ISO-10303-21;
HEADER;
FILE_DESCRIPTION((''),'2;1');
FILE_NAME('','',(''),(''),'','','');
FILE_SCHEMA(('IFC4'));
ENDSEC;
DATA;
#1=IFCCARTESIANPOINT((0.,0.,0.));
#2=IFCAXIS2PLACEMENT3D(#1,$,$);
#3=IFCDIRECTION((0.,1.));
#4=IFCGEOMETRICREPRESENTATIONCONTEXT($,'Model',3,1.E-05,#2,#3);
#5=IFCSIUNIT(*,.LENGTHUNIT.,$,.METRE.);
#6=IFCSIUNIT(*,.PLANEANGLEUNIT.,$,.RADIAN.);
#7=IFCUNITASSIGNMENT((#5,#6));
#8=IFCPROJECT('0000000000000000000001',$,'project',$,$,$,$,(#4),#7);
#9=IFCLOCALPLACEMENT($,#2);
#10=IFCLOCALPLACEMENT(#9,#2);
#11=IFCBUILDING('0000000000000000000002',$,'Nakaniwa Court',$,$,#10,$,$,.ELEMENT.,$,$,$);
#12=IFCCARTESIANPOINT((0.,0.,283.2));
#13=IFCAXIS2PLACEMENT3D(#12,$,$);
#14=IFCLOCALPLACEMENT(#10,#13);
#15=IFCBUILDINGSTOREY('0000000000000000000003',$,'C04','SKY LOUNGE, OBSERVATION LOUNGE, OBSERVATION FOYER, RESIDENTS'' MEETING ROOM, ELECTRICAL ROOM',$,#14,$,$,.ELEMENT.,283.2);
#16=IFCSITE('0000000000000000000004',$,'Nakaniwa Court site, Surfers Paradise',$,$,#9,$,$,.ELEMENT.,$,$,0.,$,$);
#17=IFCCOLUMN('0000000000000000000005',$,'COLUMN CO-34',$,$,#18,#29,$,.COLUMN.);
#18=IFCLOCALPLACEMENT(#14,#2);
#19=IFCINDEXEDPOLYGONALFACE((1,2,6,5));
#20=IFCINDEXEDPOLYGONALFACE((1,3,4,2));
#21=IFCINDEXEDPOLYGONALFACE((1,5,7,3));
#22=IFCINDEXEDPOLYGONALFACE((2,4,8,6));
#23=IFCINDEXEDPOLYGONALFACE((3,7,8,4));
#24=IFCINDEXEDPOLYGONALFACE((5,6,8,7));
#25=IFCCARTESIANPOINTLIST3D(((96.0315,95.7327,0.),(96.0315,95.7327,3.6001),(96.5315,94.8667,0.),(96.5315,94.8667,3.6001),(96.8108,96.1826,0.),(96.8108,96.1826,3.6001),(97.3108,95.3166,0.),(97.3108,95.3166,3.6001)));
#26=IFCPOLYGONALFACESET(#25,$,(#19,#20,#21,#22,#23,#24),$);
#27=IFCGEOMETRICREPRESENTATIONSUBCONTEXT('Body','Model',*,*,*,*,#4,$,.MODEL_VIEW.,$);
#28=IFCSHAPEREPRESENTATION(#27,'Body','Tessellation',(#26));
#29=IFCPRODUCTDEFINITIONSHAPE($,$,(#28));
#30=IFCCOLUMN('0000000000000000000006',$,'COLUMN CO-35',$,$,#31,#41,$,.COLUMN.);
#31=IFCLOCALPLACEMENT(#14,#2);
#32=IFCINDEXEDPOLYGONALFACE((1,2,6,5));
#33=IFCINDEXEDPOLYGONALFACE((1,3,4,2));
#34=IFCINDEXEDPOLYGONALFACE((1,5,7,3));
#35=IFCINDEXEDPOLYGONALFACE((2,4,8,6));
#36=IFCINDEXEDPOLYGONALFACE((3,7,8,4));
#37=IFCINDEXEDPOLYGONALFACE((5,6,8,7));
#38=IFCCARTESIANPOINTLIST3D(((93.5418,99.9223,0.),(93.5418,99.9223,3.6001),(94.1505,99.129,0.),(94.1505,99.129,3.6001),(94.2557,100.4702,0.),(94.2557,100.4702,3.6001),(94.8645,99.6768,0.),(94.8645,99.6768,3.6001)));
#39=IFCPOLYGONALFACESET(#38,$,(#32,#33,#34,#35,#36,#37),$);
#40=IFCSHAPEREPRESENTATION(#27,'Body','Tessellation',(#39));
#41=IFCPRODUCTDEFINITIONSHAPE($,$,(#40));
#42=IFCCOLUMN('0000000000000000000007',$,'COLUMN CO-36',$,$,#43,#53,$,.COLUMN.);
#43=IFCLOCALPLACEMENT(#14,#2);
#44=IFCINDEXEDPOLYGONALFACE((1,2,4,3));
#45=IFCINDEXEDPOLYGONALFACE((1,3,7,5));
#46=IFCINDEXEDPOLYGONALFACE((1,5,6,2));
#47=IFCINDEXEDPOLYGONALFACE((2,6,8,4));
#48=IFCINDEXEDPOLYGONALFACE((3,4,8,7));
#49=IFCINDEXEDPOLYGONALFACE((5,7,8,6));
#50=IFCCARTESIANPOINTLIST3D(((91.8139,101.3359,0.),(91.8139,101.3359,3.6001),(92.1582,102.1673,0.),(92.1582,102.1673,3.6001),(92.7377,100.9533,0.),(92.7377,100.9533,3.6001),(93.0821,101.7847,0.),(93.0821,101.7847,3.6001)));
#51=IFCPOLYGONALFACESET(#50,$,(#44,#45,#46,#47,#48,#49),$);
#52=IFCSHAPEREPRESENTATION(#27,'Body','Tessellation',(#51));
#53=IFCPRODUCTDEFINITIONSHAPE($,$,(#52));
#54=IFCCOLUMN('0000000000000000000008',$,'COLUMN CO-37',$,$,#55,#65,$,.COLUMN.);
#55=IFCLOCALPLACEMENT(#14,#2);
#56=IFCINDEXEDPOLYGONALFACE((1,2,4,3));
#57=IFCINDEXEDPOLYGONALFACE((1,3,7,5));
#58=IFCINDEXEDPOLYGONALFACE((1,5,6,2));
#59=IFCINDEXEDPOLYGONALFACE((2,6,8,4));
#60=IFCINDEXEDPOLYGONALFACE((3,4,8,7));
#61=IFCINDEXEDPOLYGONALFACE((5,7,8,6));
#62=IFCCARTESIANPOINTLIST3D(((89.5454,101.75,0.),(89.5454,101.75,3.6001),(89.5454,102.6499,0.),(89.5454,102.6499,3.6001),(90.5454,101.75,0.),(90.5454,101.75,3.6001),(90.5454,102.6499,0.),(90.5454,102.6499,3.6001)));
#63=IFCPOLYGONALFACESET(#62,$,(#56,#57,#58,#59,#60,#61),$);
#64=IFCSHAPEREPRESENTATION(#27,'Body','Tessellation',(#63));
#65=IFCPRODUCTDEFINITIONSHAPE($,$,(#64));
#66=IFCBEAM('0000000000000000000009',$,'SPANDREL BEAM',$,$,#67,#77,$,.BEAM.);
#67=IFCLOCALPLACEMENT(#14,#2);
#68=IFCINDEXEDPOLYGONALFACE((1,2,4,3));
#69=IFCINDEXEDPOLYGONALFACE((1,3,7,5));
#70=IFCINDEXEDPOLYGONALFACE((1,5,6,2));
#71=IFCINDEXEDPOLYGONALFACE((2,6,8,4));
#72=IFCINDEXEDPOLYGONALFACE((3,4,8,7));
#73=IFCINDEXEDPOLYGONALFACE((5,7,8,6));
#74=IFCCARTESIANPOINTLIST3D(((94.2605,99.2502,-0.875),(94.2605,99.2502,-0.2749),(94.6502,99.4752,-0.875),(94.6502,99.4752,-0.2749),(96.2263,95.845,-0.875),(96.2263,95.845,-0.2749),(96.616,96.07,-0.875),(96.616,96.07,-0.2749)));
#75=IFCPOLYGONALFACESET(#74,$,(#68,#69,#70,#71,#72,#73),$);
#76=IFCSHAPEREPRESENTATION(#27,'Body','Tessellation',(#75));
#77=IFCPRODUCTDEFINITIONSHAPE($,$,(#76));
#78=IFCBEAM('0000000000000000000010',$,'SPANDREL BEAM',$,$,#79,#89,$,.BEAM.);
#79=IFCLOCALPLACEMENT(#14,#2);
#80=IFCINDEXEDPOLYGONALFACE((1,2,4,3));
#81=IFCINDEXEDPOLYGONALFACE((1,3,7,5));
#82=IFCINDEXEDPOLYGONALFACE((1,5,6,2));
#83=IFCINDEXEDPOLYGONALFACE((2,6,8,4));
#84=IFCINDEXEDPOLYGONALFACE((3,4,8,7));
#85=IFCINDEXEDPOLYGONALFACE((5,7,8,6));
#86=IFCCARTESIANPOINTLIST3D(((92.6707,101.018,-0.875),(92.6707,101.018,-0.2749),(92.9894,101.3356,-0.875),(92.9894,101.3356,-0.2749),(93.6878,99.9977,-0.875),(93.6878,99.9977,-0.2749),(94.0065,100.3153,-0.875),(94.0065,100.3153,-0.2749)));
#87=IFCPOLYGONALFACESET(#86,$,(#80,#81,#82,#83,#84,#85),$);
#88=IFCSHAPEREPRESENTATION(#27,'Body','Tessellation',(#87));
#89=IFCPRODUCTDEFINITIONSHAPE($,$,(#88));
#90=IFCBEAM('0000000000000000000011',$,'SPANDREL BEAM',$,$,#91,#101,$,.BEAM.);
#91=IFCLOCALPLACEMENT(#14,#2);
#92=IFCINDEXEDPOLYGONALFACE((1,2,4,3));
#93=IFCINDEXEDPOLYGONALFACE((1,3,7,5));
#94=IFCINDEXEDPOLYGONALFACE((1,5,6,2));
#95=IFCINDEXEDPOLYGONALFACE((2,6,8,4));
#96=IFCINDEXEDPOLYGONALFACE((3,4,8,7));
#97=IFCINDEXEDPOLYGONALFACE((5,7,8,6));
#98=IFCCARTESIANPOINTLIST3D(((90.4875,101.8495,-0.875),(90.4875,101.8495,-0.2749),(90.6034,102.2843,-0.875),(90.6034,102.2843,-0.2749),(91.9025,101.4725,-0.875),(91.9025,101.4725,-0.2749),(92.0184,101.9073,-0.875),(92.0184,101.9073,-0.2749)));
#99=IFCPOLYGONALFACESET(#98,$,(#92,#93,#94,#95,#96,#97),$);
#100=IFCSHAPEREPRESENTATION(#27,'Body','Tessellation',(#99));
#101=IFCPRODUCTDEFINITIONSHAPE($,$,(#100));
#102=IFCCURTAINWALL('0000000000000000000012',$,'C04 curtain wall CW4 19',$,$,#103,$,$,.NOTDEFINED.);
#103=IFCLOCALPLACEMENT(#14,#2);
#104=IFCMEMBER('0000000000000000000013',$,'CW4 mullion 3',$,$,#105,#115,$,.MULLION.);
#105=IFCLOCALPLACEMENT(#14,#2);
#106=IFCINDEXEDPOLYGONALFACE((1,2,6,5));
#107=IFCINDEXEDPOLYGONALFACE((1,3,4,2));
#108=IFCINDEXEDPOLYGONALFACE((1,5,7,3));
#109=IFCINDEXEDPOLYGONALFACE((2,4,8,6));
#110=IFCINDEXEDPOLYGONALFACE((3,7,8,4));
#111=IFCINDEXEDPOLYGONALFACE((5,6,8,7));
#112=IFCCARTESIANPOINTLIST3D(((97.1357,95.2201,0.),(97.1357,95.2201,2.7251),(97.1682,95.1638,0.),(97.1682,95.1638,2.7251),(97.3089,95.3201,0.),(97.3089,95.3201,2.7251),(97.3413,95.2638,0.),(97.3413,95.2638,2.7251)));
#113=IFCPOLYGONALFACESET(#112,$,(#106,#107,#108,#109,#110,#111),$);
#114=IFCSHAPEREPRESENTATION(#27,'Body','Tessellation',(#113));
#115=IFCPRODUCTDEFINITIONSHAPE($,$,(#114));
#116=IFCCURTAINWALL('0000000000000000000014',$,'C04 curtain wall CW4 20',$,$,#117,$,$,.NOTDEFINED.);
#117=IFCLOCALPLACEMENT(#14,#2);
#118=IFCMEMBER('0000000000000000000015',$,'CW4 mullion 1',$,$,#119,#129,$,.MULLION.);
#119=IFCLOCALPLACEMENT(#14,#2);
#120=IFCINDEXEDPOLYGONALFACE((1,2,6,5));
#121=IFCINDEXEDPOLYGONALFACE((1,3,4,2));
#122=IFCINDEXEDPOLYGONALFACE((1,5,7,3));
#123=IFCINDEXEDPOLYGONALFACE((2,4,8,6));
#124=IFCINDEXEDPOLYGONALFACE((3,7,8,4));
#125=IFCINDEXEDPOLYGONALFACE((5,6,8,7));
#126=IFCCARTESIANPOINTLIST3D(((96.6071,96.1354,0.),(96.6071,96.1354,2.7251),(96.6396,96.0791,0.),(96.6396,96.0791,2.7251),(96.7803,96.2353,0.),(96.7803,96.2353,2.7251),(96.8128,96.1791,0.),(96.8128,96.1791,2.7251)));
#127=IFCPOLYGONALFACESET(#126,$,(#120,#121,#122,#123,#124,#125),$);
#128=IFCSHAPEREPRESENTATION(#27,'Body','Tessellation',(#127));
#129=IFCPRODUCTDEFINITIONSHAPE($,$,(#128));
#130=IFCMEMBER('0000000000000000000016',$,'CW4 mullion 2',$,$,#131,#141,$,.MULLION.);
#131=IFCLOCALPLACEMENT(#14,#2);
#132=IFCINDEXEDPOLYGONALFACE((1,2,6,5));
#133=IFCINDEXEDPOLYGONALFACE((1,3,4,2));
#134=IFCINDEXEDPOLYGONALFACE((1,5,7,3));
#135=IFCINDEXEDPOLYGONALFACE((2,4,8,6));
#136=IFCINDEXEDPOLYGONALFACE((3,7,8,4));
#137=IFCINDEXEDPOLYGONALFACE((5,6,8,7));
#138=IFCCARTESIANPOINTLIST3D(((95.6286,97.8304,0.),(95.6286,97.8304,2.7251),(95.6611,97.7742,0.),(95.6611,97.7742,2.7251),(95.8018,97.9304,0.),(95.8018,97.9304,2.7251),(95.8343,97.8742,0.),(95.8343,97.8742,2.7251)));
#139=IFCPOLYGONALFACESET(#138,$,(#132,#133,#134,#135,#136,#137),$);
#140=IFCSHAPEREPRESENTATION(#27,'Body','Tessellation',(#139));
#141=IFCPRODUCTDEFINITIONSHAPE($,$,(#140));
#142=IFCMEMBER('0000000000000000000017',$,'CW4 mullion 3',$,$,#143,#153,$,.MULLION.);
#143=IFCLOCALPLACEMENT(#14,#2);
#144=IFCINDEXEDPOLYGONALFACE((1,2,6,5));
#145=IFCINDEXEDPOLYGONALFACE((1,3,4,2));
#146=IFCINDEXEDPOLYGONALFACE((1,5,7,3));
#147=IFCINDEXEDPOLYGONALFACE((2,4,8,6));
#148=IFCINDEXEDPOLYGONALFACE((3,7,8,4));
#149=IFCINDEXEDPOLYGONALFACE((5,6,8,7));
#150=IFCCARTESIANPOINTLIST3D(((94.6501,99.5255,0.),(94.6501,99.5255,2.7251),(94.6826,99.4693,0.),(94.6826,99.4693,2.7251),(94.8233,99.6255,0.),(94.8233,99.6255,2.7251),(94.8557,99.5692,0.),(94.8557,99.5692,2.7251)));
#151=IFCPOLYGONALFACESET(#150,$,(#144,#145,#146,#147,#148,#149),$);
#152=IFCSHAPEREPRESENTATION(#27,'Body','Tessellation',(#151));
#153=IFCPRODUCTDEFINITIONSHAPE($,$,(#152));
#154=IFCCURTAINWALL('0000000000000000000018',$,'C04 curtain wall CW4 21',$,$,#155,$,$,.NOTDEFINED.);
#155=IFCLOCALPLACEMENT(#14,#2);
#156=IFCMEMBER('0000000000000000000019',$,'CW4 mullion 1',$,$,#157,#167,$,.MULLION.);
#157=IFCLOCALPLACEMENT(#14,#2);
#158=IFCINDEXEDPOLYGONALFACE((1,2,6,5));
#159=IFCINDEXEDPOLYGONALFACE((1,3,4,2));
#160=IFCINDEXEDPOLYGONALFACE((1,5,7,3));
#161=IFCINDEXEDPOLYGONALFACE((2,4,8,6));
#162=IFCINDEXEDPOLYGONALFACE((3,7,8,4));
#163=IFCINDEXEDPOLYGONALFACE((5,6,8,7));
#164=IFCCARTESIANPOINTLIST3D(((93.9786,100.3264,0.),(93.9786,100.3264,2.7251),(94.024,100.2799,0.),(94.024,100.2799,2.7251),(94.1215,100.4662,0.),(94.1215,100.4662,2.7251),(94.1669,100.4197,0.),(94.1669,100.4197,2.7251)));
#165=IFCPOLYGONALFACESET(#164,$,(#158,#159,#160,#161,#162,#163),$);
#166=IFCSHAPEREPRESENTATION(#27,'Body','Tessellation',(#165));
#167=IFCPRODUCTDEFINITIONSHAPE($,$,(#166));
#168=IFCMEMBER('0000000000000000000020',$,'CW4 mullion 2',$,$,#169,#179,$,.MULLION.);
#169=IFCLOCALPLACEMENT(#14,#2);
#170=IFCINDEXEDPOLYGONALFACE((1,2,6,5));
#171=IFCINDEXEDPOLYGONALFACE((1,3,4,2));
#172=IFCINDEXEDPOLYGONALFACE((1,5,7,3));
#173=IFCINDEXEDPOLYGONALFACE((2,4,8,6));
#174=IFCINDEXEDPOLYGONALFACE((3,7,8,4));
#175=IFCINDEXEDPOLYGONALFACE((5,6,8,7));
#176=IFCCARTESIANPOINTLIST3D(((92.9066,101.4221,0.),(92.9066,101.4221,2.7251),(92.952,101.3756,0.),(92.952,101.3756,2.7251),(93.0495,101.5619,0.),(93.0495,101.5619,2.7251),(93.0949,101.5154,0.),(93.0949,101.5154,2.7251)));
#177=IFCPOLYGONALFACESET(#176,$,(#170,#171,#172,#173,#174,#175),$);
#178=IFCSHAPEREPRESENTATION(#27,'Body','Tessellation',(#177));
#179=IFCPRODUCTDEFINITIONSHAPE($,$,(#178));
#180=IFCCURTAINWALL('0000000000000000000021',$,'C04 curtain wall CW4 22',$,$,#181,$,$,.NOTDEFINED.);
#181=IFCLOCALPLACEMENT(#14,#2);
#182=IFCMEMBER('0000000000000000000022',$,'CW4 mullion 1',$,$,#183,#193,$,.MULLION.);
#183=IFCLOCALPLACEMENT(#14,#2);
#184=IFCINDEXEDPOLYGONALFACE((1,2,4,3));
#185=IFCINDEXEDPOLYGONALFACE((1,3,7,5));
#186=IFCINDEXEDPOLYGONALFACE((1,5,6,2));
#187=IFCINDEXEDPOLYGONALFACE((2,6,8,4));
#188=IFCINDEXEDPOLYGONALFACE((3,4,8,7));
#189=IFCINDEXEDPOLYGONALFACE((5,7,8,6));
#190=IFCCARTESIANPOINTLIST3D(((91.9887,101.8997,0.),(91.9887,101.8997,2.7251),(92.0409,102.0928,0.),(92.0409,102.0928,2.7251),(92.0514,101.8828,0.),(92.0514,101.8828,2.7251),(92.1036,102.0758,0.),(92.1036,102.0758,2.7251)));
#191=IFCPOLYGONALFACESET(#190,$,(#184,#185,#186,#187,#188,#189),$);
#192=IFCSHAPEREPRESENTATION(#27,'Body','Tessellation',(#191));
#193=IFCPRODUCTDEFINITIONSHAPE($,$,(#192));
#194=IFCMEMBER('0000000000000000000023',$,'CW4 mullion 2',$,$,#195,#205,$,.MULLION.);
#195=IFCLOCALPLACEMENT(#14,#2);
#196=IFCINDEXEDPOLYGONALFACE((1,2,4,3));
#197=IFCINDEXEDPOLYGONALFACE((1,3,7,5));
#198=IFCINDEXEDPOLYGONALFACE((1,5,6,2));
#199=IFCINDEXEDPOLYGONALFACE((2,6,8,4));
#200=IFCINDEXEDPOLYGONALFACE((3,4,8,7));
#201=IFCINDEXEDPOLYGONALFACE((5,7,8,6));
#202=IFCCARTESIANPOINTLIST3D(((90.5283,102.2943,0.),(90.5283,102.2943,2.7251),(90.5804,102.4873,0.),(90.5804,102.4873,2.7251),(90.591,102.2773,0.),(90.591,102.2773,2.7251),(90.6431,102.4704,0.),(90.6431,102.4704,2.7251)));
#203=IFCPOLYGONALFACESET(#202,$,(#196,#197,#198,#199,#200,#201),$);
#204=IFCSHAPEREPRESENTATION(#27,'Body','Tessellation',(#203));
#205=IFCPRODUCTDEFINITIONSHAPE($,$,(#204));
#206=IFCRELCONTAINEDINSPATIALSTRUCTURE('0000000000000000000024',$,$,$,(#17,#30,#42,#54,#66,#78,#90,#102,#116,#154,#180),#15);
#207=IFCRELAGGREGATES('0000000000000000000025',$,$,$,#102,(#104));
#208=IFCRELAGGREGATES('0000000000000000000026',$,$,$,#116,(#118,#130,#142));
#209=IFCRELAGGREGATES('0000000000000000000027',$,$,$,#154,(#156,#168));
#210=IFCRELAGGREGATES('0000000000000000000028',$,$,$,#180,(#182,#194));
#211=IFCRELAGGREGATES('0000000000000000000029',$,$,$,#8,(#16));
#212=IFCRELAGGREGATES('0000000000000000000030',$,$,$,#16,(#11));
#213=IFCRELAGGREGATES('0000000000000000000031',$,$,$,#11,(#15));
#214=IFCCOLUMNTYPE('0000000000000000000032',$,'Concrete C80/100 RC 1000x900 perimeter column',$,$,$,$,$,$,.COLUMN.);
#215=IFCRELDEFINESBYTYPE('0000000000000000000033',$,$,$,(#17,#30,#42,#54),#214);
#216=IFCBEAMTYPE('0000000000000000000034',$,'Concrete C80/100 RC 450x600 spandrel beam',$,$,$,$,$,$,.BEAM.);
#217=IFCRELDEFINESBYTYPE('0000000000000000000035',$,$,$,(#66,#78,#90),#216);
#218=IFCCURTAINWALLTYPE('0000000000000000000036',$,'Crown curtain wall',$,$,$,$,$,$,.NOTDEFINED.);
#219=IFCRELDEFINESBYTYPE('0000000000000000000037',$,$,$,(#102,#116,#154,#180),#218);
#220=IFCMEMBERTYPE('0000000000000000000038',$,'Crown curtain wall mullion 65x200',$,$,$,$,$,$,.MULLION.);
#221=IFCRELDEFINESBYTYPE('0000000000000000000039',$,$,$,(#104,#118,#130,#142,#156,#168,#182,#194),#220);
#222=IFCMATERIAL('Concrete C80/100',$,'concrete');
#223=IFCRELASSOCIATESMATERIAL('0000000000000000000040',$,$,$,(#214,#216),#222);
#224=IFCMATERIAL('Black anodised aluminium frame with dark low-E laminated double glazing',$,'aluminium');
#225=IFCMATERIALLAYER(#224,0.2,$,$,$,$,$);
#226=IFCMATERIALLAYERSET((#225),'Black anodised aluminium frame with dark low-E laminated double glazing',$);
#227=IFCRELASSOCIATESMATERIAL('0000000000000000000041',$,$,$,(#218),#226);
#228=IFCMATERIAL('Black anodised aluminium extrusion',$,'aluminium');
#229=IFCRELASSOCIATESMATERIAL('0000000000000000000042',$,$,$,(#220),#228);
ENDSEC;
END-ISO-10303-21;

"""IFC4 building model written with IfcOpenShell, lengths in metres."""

from ifc_helpers import new_model, si_unit, direction, frame, origin, origin_2d, place, context, subcontext, project, spatial, rectangle, extrude, material, layer, layer_set, material_profile, profile_set, type_object, element, aggregate, save


model = new_model("IFC4")

# Units and contexts
model_context = context("Model", 3, precision=1e-05, world=origin(), true_north=direction((0.0, 1.0)))
body_context = subcontext(model_context, "Body", "Model", "MODEL_VIEW")
ifc_project = project(units=[si_unit("LENGTHUNIT", "METRE"), si_unit("PLANEANGLEUNIT", "RADIAN")], contexts=[model_context])

# Site, building, storey
site_placement = place(None, origin())
site = spatial("IfcSite", under=ifc_project, at=site_placement, Name="Nakaniwa Court site, Surfers Paradise", CompositionType="ELEMENT", RefElevation=0.0)
building_placement = place(site_placement, origin())
building = spatial("IfcBuilding", under=site, at=building_placement, Name="Nakaniwa Court", CompositionType="ELEMENT")
storey_placement = place(building_placement, frame((0.0, 0.0, 283.2)))
storey = spatial("IfcBuildingStorey", under=building, at=storey_placement, Name="C04", Description="SKY LOUNGE, OBSERVATION LOUNGE, OBSERVATION FOYER, RESIDENTS' MEETING ROOM, ELECTRICAL ROOM", CompositionType="ELEMENT", Elevation=283.2)

# Columns
ifc_material_1 = material(Name="Concrete C80/100", Category="concrete")
ifc_material_profile_1 = material_profile(ifc_material_1, rectangle(XDim=1.0, YDim=0.8999, at=origin_2d()), Name="Concrete C80/100 RC 1000x900 perimeter column")
ifc_profile_set_1 = profile_set([ifc_material_profile_1], Name="Concrete C80/100")
column_type = type_object("IfcColumnType", Name="Concrete C80/100 RC 1000x900 perimeter column", PredefinedType="COLUMN", material=ifc_profile_set_1)
for number, where, z_axis, x_axis, name in (
    (1, (96.6711, 95.5247, 0.0), (0.0, 0.0, 1.0), (-0.5, 0.866025, 0.0), "COLUMN CO-34"),
    (2, (94.2031, 99.7996, 0.0), (0.0, 0.0, 1.0), (-0.608761, 0.793353, 0.0), "COLUMN CO-35"),
    (3, (92.448, 101.5603, 0.0), (0.0, 0.0, 1.0), (-0.92388, 0.382683, 0.0), "COLUMN CO-36"),
    (4, (90.0454, 102.2, 0.0), (0.0, 0.0, 1.0), (-1.0, 0.0, 0.0), "COLUMN CO-37"),
):
    element("IfcColumn", number, at=place(storey_placement, frame(where, z_axis=z_axis, x_axis=x_axis)), inside=storey, type_object=column_type, Name=name, PredefinedType="COLUMN", context=body_context, shape_type="SweptSolid", body=[
        extrude(rectangle(XDim=1.0, YDim=0.8999, at=origin_2d()), origin(), (0.0, 0.0, 1.0), 3.6001),
    ])

# Beams
ifc_material_profile_2 = material_profile(ifc_material_1, rectangle(XDim=0.45, YDim=0.6001, at=origin_2d()), Name="Concrete C80/100 RC 450x600 spandrel beam")
ifc_profile_set_2 = profile_set([ifc_material_profile_2], Name="Concrete C80/100")
beam_type = type_object("IfcBeamType", Name="Concrete C80/100 RC 450x600 spandrel beam", PredefinedType="BEAM", material=ifc_profile_set_2)
beam_1_placement = place(storey_placement, frame((96.4211, 95.9575, -0.575), z_axis=(-0.499959, 0.866049, 0.0), x_axis=(-0.866049, -0.499959, 0.0)))
element("IfcBeam", 5, at=beam_1_placement, inside=storey, type_object=beam_type, Name="SPANDREL BEAM", PredefinedType="BEAM", context=body_context, shape_type="SweptSolid", body=[
    extrude(rectangle(XDim=0.45, YDim=0.6001, at=origin_2d()), origin(), (0.0, 0.0, 1.0), 3.9319),
])
beam_2_placement = place(storey_placement, frame((93.8472, 100.1565, -0.575), z_axis=(-0.706004, 0.708207, 0.0), x_axis=(-0.708207, -0.706004, 0.0)))
element("IfcBeam", 6, at=beam_2_placement, inside=storey, type_object=beam_type, Name="SPANDREL BEAM", PredefinedType="BEAM", context=body_context, shape_type="SweptSolid", body=[
    extrude(rectangle(XDim=0.45, YDim=0.6001, at=origin_2d()), origin(), (0.0, 0.0, 1.0), 1.4407),
])
beam_3_placement = place(storey_placement, frame((91.9604, 101.6899, -0.575), z_axis=(-0.966301, 0.257414, 0.0), x_axis=(-0.257414, -0.966301, 0.0)))
element("IfcBeam", 7, at=beam_3_placement, inside=storey, type_object=beam_type, Name="SPANDREL BEAM", PredefinedType="BEAM", context=body_context, shape_type="SweptSolid", body=[
    extrude(rectangle(XDim=0.45, YDim=0.6001, at=origin_2d()), origin(), (0.0, 0.0, 1.0), 1.4644),
])

# Curtain wall, member
ifc_material_2 = material(Name="Black anodised aluminium frame with dark low-E laminated double glazing", Category="aluminium")
ifc_layer_1 = layer(ifc_material_2, 0.2)
ifc_layer_set_1 = layer_set([ifc_layer_1], Name="Black anodised aluminium frame with dark low-E laminated double glazing")
curtain_wall_type = type_object("IfcCurtainWallType", Name="Crown curtain wall", PredefinedType="NOTDEFINED", material=ifc_layer_set_1)
curtain_wall_1_placement = place(storey_placement, origin())
curtain_wall_1 = element("IfcCurtainWall", 8, at=curtain_wall_1_placement, inside=storey, type_object=curtain_wall_type, Name="C04 curtain wall CW4 19", PredefinedType="NOTDEFINED")
ifc_material_3 = material(Name="Black anodised aluminium extrusion", Category="aluminium")
ifc_material_profile_3 = material_profile(ifc_material_3, rectangle(XDim=0.2, YDim=0.0649, at=origin_2d()), Name="Crown curtain wall mullion 65x200")
ifc_profile_set_3 = profile_set([ifc_material_profile_3], Name="Black anodised aluminium extrusion")
member_type_1 = type_object("IfcMemberType", Name="Crown curtain wall mullion 65x200", PredefinedType="MULLION", material=ifc_profile_set_3)
member_1_placement = place(storey_placement, frame((97.2385, 95.2419, 0.0), z_axis=(0.0, 0.0, 1.0), x_axis=(-0.866033, -0.499987, 0.0)))
member_1 = element("IfcMember", 9, at=member_1_placement, type_object=member_type_1, Name="CW4 mullion 3", PredefinedType="MULLION", context=body_context, shape_type="SweptSolid", body=[
    extrude(rectangle(XDim=0.2, YDim=0.0649, at=origin_2d()), origin(), (0.0, 0.0, 1.0), 2.7251),
])

# Curtain walls, members
curtain_wall_2_placement = place(storey_placement, origin())
curtain_wall_2 = element("IfcCurtainWall", 10, at=curtain_wall_2_placement, inside=storey, type_object=curtain_wall_type, Name="C04 curtain wall CW4 20", PredefinedType="NOTDEFINED")
member_2_placement = place(storey_placement, frame((96.71, 96.1572, 0.0), z_axis=(0.0, 0.0, 1.0), x_axis=(-0.866028, -0.499996, 0.0)))
member_2 = element("IfcMember", 11, at=member_2_placement, type_object=member_type_1, Name="CW4 mullion 1", PredefinedType="MULLION", context=body_context, shape_type="SweptSolid", body=[
    extrude(rectangle(XDim=0.2, YDim=0.0649, at=origin_2d()), origin(), (0.0, 0.0, 1.0), 2.7251),
])
member_3_placement = place(storey_placement, frame((95.7314, 97.8523, 0.0), z_axis=(0.0, 0.0, 1.0), x_axis=(-0.866028, -0.499996, 0.0)))
member_3 = element("IfcMember", 12, at=member_3_placement, type_object=member_type_1, Name="CW4 mullion 2", PredefinedType="MULLION", context=body_context, shape_type="SweptSolid", body=[
    extrude(rectangle(XDim=0.2, YDim=0.0649, at=origin_2d()), origin(), (0.0, 0.0, 1.0), 2.7251),
])
member_4_placement = place(storey_placement, frame((94.7529, 99.5474, 0.0), z_axis=(0.0, 0.0, 1.0), x_axis=(-0.866028, -0.499996, 0.0)))
member_4 = element("IfcMember", 13, at=member_4_placement, type_object=member_type_1, Name="CW4 mullion 3", PredefinedType="MULLION", context=body_context, shape_type="SweptSolid", body=[
    extrude(rectangle(XDim=0.2, YDim=0.0649, at=origin_2d()), origin(), (0.0, 0.0, 1.0), 2.7251),
])
curtain_wall_3_placement = place(storey_placement, origin())
curtain_wall_3 = element("IfcCurtainWall", 14, at=curtain_wall_3_placement, inside=storey, type_object=curtain_wall_type, Name="C04 curtain wall CW4 21", PredefinedType="NOTDEFINED")
member_5_placement = place(storey_placement, frame((94.0728, 100.373, 0.0), z_axis=(0.0, 0.0, 1.0), x_axis=(-0.714886, -0.699241, 0.0)))
member_5 = element("IfcMember", 15, at=member_5_placement, type_object=member_type_1, Name="CW4 mullion 1", PredefinedType="MULLION", context=body_context, shape_type="SweptSolid", body=[
    extrude(rectangle(XDim=0.2, YDim=0.0649, at=origin_2d()), origin(), (0.0, 0.0, 1.0), 2.7251),
])
member_6_placement = place(storey_placement, frame((93.0007, 101.4688, 0.0), z_axis=(0.0, 0.0, 1.0), x_axis=(-0.714886, -0.699241, 0.0)))
member_6 = element("IfcMember", 16, at=member_6_placement, type_object=member_type_1, Name="CW4 mullion 2", PredefinedType="MULLION", context=body_context, shape_type="SweptSolid", body=[
    extrude(rectangle(XDim=0.2, YDim=0.0649, at=origin_2d()), origin(), (0.0, 0.0, 1.0), 2.7251),
])
curtain_wall_4_placement = place(storey_placement, origin())
curtain_wall_4 = element("IfcCurtainWall", 17, at=curtain_wall_4_placement, inside=storey, type_object=curtain_wall_type, Name="C04 curtain wall CW4 22", PredefinedType="NOTDEFINED")
member_7_placement = place(storey_placement, frame((92.0461, 101.9878, 0.0), z_axis=(0.0, 0.0, 1.0), x_axis=(-0.260864, -0.965375, 0.0)))
member_7 = element("IfcMember", 18, at=member_7_placement, type_object=member_type_1, Name="CW4 mullion 1", PredefinedType="MULLION", context=body_context, shape_type="SweptSolid", body=[
    extrude(rectangle(XDim=0.2, YDim=0.0649, at=origin_2d()), origin(), (0.0, 0.0, 1.0), 2.7251),
])
member_8_placement = place(storey_placement, frame((90.5857, 102.3823, 0.0), z_axis=(0.0, 0.0, 1.0), x_axis=(-0.260864, -0.965375, 0.0)))
member_8 = element("IfcMember", 19, at=member_8_placement, type_object=member_type_1, Name="CW4 mullion 2", PredefinedType="MULLION", context=body_context, shape_type="SweptSolid", body=[
    extrude(rectangle(XDim=0.2, YDim=0.0649, at=origin_2d()), origin(), (0.0, 0.0, 1.0), 2.7251),
])

aggregate(curtain_wall_1, [member_1])
aggregate(curtain_wall_2, [member_2, member_3, member_4])
aggregate(curtain_wall_3, [member_5, member_6])
aggregate(curtain_wall_4, [member_7, member_8])

save(model, "model.ifc")
